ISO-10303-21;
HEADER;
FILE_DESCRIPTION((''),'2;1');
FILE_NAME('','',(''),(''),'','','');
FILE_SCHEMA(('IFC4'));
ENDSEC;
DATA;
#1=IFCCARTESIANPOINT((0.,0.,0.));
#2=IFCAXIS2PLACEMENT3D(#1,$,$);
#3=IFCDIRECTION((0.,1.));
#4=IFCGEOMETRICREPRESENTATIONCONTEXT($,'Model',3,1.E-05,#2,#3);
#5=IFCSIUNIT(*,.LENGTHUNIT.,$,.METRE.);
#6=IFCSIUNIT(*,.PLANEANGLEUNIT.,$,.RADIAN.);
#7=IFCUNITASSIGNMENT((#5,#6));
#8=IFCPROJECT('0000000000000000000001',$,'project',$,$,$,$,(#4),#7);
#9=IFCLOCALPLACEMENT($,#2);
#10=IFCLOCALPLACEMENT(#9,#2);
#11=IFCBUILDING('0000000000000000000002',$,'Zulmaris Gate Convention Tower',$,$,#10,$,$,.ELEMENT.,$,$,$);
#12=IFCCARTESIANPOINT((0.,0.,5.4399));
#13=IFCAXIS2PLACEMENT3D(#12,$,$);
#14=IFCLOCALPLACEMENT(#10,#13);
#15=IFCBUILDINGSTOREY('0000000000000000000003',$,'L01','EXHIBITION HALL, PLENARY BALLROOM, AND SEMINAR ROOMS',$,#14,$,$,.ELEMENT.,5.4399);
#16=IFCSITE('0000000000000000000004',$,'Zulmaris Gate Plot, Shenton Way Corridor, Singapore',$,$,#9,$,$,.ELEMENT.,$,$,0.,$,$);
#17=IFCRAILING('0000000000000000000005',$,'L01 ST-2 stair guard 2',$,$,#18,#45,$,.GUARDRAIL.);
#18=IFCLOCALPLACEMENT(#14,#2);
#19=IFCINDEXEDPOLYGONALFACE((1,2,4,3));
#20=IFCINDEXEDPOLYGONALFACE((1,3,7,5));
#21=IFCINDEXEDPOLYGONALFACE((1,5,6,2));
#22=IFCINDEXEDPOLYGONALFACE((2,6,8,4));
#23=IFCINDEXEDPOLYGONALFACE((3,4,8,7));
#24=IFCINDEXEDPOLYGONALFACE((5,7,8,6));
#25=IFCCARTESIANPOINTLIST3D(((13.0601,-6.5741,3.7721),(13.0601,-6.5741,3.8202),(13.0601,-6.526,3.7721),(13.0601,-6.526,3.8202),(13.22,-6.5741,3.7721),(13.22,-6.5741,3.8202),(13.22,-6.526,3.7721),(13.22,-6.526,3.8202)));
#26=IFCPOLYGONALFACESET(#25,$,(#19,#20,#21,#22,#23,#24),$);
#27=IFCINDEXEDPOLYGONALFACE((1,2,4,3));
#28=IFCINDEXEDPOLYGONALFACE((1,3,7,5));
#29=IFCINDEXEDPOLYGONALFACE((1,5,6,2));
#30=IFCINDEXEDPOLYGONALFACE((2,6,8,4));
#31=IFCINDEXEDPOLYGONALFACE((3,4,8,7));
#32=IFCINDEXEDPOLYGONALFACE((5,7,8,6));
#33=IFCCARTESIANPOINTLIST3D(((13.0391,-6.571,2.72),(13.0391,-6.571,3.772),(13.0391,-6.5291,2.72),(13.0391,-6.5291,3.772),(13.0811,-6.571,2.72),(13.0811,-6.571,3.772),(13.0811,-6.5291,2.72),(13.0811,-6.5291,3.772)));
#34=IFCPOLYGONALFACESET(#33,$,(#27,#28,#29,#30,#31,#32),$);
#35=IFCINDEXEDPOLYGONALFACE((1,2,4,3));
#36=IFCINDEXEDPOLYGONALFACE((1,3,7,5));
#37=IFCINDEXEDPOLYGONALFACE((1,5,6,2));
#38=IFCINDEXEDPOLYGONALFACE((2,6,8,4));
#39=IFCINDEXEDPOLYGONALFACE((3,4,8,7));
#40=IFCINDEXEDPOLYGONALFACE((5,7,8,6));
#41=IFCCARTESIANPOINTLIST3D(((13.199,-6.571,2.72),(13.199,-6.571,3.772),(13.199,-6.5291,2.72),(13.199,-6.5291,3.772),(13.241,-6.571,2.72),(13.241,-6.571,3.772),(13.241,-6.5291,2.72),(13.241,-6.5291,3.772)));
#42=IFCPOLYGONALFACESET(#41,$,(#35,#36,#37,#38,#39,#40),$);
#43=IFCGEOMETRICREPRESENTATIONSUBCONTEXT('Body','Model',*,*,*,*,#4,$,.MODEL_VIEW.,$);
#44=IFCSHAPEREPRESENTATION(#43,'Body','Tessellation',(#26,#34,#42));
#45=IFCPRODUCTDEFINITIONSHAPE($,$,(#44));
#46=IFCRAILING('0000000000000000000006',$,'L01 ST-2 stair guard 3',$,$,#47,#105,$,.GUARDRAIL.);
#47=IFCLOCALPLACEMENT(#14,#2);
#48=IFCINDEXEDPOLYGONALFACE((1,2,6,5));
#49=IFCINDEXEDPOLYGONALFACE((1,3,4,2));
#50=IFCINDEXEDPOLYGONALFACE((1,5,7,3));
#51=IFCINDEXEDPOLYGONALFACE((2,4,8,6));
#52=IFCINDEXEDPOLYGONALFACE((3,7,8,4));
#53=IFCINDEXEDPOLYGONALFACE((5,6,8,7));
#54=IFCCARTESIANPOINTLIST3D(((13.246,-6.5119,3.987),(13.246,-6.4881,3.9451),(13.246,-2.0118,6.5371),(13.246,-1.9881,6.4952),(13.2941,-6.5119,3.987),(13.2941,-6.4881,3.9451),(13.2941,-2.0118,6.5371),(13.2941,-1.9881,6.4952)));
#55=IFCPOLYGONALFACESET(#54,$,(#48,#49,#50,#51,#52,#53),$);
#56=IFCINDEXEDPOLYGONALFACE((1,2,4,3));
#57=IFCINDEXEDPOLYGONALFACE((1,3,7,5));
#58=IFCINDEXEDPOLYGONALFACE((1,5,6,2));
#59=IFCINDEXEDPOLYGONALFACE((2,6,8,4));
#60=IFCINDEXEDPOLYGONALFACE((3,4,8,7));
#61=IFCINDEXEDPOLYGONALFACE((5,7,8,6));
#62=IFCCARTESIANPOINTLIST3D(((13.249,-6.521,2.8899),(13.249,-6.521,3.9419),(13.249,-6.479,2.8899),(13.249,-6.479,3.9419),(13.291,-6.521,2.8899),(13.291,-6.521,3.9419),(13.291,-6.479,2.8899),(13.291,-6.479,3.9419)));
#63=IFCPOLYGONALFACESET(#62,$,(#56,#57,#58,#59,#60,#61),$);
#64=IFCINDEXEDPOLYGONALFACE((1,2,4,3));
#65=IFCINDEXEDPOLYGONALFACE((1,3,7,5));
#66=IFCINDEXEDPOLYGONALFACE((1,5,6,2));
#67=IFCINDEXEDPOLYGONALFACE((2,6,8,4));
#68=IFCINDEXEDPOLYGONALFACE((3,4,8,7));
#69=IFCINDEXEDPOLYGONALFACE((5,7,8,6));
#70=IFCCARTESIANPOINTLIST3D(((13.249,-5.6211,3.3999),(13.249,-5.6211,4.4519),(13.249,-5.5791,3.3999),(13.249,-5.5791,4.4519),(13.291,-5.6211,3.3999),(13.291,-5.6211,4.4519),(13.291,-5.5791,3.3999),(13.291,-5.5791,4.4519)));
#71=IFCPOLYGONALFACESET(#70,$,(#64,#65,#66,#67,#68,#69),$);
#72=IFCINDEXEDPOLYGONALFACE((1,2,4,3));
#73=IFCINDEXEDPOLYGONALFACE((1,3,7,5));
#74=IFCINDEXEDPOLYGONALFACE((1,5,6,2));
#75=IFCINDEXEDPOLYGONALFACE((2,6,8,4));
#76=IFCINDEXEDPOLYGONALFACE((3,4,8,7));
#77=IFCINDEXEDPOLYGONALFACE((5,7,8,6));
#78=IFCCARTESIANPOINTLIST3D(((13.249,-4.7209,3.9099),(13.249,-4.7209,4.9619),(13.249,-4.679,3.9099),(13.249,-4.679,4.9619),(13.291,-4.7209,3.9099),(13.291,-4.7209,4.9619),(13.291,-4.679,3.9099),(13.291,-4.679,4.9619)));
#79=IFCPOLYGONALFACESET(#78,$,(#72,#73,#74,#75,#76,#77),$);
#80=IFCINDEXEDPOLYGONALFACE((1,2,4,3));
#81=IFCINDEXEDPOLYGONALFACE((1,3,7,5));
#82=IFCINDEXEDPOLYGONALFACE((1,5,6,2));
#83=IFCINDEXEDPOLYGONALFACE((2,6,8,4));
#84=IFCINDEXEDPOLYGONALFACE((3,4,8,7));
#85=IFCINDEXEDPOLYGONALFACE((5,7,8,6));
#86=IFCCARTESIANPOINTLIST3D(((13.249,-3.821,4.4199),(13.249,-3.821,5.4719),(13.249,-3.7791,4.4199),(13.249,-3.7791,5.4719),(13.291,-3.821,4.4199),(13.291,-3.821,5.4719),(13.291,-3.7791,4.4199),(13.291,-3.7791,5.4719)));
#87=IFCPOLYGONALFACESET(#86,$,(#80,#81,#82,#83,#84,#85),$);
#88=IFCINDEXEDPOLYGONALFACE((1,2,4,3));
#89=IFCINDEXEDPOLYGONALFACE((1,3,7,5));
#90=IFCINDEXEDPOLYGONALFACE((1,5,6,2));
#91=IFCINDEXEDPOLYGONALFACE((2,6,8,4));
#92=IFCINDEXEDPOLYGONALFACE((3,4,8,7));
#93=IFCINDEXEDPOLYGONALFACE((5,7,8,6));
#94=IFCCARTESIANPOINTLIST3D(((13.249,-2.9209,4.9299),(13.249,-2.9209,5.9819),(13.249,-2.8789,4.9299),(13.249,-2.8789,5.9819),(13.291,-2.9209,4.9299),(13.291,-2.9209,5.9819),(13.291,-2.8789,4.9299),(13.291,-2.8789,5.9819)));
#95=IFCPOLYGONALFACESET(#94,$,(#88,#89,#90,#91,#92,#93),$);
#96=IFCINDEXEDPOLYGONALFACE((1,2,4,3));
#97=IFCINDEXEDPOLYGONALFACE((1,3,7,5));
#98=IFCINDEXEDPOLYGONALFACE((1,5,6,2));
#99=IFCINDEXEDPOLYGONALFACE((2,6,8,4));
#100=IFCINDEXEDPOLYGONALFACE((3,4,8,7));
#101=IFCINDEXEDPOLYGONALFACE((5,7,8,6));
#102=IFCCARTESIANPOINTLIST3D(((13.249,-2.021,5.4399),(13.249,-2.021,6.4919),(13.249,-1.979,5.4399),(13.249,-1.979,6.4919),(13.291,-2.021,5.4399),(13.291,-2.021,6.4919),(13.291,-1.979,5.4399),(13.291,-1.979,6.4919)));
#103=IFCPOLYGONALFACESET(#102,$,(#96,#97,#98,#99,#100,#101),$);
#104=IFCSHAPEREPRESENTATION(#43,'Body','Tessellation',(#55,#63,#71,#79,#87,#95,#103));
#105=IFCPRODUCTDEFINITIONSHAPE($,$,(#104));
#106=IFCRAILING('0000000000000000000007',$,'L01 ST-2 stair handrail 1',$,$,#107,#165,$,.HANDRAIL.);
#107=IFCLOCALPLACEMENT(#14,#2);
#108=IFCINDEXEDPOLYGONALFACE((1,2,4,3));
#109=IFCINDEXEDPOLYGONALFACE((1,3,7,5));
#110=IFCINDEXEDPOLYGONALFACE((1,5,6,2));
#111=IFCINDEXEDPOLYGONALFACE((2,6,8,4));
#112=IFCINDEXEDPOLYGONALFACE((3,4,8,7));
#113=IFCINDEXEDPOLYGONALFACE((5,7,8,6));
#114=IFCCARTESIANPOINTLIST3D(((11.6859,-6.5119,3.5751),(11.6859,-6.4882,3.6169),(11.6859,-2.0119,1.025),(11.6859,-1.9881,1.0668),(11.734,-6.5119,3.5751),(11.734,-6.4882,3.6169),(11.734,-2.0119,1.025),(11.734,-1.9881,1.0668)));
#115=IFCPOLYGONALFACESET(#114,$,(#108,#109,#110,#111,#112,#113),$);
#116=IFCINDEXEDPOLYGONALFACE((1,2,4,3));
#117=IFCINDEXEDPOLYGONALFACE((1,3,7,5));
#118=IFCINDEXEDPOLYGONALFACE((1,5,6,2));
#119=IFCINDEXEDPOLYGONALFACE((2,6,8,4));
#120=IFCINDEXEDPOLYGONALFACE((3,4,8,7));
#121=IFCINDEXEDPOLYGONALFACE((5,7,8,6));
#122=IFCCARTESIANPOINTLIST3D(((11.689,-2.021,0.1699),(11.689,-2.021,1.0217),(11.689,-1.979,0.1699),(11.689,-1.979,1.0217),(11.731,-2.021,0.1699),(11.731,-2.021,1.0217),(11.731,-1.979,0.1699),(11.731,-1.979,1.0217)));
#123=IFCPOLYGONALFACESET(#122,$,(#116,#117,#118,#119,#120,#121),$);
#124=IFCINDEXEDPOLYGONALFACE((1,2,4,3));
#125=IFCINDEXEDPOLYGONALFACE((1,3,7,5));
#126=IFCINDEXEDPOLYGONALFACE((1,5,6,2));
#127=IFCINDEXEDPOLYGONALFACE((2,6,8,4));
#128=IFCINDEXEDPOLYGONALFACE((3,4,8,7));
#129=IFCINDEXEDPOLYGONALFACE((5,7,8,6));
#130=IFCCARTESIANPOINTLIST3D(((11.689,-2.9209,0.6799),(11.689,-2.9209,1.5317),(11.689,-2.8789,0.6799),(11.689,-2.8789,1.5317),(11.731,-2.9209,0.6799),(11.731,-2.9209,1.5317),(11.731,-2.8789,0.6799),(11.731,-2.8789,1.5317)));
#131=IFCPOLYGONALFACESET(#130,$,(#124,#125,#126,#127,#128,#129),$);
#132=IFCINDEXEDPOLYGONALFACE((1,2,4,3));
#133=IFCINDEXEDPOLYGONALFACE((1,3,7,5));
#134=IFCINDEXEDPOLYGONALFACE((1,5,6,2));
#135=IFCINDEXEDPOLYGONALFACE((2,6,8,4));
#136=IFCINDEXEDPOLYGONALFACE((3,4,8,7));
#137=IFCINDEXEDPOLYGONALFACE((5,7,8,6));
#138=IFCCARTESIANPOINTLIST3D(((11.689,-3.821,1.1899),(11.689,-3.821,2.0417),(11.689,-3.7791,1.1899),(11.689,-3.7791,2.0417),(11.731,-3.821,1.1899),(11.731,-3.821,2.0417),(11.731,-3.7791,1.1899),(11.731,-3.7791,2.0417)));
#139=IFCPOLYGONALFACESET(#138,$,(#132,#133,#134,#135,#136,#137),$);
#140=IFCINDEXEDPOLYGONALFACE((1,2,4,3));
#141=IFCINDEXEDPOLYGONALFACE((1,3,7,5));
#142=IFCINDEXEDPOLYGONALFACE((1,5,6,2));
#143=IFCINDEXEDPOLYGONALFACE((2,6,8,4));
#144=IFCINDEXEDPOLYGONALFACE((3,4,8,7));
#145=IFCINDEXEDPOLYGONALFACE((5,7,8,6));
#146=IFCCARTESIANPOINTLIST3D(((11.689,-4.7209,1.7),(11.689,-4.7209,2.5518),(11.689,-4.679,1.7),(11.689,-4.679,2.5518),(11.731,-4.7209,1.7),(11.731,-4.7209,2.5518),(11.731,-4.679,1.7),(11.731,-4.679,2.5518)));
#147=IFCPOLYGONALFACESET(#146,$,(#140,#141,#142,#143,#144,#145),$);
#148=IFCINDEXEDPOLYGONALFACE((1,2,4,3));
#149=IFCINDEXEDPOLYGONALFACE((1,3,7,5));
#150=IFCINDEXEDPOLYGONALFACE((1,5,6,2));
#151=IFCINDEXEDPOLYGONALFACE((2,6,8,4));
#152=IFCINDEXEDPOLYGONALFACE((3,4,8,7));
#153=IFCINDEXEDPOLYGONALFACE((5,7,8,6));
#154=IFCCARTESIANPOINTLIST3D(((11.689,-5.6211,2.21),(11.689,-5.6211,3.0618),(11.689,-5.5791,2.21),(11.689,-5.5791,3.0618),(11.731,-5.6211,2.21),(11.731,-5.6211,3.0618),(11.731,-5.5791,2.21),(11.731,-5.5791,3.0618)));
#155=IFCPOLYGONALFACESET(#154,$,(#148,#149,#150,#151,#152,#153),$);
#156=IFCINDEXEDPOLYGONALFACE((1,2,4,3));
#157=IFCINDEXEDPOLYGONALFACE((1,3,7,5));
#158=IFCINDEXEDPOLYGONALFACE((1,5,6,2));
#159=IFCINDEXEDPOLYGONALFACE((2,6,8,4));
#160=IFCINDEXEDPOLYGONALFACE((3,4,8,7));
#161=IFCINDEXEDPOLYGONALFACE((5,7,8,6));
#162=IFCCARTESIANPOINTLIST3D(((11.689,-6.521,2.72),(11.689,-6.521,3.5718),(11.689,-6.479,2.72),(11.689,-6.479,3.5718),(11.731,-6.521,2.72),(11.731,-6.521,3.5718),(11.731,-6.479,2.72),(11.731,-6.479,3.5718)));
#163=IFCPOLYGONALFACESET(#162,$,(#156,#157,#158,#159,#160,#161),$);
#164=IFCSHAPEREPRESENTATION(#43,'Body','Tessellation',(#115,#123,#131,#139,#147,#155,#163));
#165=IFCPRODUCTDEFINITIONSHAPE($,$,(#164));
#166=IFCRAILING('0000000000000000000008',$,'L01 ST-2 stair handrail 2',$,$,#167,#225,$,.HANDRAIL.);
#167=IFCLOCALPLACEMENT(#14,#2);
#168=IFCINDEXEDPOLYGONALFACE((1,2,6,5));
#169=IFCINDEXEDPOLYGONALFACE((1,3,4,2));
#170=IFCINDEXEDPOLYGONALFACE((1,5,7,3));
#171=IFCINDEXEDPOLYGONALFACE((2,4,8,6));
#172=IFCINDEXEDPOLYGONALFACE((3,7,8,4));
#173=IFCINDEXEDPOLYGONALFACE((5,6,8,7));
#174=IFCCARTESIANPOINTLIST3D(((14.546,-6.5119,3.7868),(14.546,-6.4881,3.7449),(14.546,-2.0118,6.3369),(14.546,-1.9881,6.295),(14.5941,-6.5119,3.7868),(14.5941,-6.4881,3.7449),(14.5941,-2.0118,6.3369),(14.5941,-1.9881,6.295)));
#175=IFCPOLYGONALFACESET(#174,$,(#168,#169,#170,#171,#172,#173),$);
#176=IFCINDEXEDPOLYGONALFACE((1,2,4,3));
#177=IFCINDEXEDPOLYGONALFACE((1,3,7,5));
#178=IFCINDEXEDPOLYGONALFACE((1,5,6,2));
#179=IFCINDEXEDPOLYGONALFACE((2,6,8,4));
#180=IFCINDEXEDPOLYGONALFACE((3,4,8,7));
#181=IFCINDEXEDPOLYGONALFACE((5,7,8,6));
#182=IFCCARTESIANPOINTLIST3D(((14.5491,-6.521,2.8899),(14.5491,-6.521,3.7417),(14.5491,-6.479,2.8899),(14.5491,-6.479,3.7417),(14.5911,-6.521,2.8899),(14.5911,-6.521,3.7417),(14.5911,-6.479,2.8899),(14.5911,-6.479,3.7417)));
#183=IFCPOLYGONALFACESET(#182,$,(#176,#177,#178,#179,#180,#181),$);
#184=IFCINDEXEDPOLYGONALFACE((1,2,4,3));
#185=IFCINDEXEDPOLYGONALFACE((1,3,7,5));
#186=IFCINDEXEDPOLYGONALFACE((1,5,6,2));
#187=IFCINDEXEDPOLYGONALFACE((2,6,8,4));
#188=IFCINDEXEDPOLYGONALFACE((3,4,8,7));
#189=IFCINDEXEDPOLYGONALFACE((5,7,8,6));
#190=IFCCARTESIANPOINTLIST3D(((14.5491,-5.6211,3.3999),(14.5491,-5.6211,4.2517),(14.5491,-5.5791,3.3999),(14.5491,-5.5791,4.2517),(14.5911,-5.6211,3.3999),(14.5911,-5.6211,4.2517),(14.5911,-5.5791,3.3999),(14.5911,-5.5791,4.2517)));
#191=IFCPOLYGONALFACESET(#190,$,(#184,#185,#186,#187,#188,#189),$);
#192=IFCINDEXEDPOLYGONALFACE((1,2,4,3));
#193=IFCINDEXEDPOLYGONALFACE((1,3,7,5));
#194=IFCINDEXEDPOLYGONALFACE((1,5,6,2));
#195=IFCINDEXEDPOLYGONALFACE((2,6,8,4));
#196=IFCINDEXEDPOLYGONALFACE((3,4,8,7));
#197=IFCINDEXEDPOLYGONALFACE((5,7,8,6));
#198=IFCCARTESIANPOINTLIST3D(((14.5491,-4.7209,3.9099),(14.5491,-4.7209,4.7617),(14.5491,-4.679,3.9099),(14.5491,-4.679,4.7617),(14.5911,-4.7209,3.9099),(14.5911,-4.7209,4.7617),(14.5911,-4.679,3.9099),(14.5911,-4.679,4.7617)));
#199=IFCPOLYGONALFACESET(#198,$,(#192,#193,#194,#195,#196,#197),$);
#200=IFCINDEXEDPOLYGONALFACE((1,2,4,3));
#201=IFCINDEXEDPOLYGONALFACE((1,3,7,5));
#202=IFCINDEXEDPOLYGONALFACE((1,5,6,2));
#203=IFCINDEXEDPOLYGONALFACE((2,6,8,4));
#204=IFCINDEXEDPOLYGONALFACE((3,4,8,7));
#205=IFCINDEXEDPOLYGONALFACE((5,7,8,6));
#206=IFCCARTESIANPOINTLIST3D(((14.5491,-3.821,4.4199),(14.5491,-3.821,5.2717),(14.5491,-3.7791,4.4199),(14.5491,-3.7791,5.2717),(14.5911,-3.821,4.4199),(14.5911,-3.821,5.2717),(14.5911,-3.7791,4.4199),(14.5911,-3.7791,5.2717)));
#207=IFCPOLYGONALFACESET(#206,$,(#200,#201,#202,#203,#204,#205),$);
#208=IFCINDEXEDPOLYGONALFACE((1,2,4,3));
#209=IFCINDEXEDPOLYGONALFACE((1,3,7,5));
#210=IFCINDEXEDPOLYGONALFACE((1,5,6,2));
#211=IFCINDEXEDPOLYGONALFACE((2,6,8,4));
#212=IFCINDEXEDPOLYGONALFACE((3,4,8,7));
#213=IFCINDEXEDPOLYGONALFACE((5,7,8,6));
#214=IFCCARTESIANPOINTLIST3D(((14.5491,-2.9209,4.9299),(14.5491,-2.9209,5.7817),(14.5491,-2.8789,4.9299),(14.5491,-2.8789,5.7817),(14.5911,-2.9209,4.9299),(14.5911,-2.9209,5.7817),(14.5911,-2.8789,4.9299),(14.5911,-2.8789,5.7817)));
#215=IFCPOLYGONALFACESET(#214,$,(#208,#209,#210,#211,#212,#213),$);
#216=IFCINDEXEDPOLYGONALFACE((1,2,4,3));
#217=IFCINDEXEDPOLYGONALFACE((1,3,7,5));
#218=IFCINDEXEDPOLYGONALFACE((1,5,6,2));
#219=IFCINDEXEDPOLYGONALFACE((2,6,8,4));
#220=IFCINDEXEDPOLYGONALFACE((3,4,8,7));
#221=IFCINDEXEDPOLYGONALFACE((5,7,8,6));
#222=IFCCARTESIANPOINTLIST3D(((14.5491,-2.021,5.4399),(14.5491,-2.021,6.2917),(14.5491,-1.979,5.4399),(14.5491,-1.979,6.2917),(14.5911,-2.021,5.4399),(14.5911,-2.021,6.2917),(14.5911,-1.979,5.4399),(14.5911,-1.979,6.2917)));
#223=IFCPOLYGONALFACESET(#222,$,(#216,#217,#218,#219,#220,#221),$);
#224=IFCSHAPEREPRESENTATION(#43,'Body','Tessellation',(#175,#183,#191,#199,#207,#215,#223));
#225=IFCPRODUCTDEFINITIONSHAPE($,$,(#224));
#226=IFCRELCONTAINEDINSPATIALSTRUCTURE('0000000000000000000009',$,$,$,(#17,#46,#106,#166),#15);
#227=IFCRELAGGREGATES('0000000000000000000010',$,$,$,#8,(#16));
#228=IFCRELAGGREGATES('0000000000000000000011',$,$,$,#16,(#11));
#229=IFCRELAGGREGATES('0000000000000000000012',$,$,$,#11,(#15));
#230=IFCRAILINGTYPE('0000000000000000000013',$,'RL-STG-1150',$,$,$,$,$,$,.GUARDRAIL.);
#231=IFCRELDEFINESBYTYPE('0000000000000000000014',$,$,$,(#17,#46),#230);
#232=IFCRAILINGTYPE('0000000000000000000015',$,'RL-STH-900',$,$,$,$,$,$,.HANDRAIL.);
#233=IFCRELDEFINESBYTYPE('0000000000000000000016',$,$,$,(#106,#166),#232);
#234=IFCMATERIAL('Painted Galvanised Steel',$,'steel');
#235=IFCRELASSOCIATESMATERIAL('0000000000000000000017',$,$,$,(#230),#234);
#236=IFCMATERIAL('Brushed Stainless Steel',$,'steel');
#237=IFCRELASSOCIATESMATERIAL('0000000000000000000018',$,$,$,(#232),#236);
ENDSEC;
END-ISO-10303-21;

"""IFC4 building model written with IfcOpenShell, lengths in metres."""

from ifc_helpers import new_model, si_unit, direction, frame, origin, origin_2d, place, context, subcontext, project, spatial, rectangle, extrude, material, type_object, element, save


model = new_model("IFC4")

# Units and contexts
model_context = context("Model", 3, precision=1e-05, world=origin(), true_north=direction((0.0, 1.0)))
body_context = subcontext(model_context, "Body", "Model", "MODEL_VIEW")
ifc_project = project(units=[si_unit("LENGTHUNIT", "METRE"), si_unit("PLANEANGLEUNIT", "RADIAN")], contexts=[model_context])

# Site, building, storey
site_placement = place(None, origin())
site = spatial("IfcSite", under=ifc_project, at=site_placement, Name="Zulmaris Gate Plot, Shenton Way Corridor, Singapore", CompositionType="ELEMENT", RefElevation=0.0)
building_placement = place(site_placement, origin())
building = spatial("IfcBuilding", under=site, at=building_placement, Name="Zulmaris Gate Convention Tower", CompositionType="ELEMENT")
storey_placement = place(building_placement, frame((0.0, 0.0, 5.4399)))
storey = spatial("IfcBuildingStorey", under=building, at=storey_placement, Name="L01", Description="EXHIBITION HALL, PLENARY BALLROOM, AND SEMINAR ROOMS", CompositionType="ELEMENT", Elevation=5.4399)

# Railings
ifc_material_1 = material(Name="Painted Galvanised Steel", Category="steel")
railing_type_1 = type_object("IfcRailingType", Name="RL-STG-1150", PredefinedType="GUARDRAIL", material=ifc_material_1)
railing_1_placement = place(storey_placement, frame((13.0601, -6.55, 2.72)))
element("IfcRailing", 1, at=railing_1_placement, inside=storey, type_object=railing_type_1, Name="L01 ST-2 stair guard 2", PredefinedType="GUARDRAIL", context=body_context, shape_type="SweptSolid", body=[
    extrude(rectangle(XDim=0.0481, YDim=0.0481, at=origin_2d()), frame((0.0, 0.0, 1.0762), z_axis=(1.0, 0.0, 0.0), x_axis=(0.0, 1.0, 0.0)), (0.0, 0.0, 1.0), 0.1599),
    extrude(rectangle(XDim=0.042, YDim=0.042, at=origin_2d()), origin(), (0.0, 0.0, 1.0), 1.052),
    extrude(rectangle(XDim=0.042, YDim=0.042, at=origin_2d()), frame((0.1599, 0.0, 0.0)), (0.0, 0.0, 1.0), 1.052),
])
railing_2_placement = place(storey_placement, frame((13.27, -6.5, 2.8899)))
element("IfcRailing", 2, at=railing_2_placement, inside=storey, type_object=railing_type_1, Name="L01 ST-2 stair guard 3", PredefinedType="GUARDRAIL", context=body_context, shape_type="SweptSolid", body=[
    extrude(rectangle(XDim=0.0481, YDim=0.0481, at=origin_2d()), frame((0.0, 0.0, 1.0762), z_axis=(0.0, 0.870018, 0.49302), x_axis=(-1.0, 0.0, 0.0)), (0.0, 0.0, 1.0), 5.1724),
    extrude(rectangle(XDim=0.042, YDim=0.042, at=origin_2d()), origin(), (0.0, 0.0, 1.0), 1.052),
    extrude(rectangle(XDim=0.042, YDim=0.042, at=origin_2d()), frame((0.0, 0.8999, 0.51)), (0.0, 0.0, 1.0), 1.052),
    extrude(rectangle(XDim=0.042, YDim=0.042, at=origin_2d()), frame((0.0, 1.8, 1.02)), (0.0, 0.0, 1.0), 1.052),
    extrude(rectangle(XDim=0.042, YDim=0.042, at=origin_2d()), frame((0.0, 2.7, 1.53)), (0.0, 0.0, 1.0), 1.052),
    extrude(rectangle(XDim=0.042, YDim=0.042, at=origin_2d()), frame((0.0, 3.6001, 2.04)), (0.0, 0.0, 1.0), 1.052),
    extrude(rectangle(XDim=0.042, YDim=0.042, at=origin_2d()), frame((0.0, 4.5, 2.55)), (0.0, 0.0, 1.0), 1.052),
])
ifc_material_2 = material(Name="Brushed Stainless Steel", Category="steel")
railing_type_2 = type_object("IfcRailingType", Name="RL-STH-900", PredefinedType="HANDRAIL", material=ifc_material_2)
railing_3_placement = place(storey_placement, frame((11.71, -2.0, 0.1699)))
element("IfcRailing", 3, at=railing_3_placement, inside=storey, type_object=railing_type_2, Name="L01 ST-2 stair handrail 1", PredefinedType="HANDRAIL", context=body_context, shape_type="SweptSolid", body=[
    extrude(rectangle(XDim=0.0481, YDim=0.0481, at=origin_2d()), frame((0.0, 0.0, 0.876), z_axis=(0.0, -0.870018, 0.49302), x_axis=(1.0, 0.0, 0.0)), (0.0, 0.0, 1.0), 5.1724),
    extrude(rectangle(XDim=0.042, YDim=0.042, at=origin_2d()), origin(), (0.0, 0.0, 1.0), 0.8518),
    extrude(rectangle(XDim=0.042, YDim=0.042, at=origin_2d()), frame((0.0, -0.8999, 0.51)), (0.0, 0.0, 1.0), 0.8518),
    extrude(rectangle(XDim=0.042, YDim=0.042, at=origin_2d()), frame((0.0, -1.8, 1.02)), (0.0, 0.0, 1.0), 0.8518),
    extrude(rectangle(XDim=0.042, YDim=0.042, at=origin_2d()), frame((0.0, -2.7, 1.53)), (0.0, 0.0, 1.0), 0.8518),
    extrude(rectangle(XDim=0.042, YDim=0.042, at=origin_2d()), frame((0.0, -3.6001, 2.04)), (0.0, 0.0, 1.0), 0.8518),
    extrude(rectangle(XDim=0.042, YDim=0.042, at=origin_2d()), frame((0.0, -4.5, 2.55)), (0.0, 0.0, 1.0), 0.8518),
])
railing_4_placement = place(storey_placement, frame((14.5701, -6.5, 2.8899)))
element("IfcRailing", 4, at=railing_4_placement, inside=storey, type_object=railing_type_2, Name="L01 ST-2 stair handrail 2", PredefinedType="HANDRAIL", context=body_context, shape_type="SweptSolid", body=[
    extrude(rectangle(XDim=0.0481, YDim=0.0481, at=origin_2d()), frame((0.0, 0.0, 0.876), z_axis=(0.0, 0.870018, 0.49302), x_axis=(-1.0, 0.0, 0.0)), (0.0, 0.0, 1.0), 5.1724),
    extrude(rectangle(XDim=0.042, YDim=0.042, at=origin_2d()), origin(), (0.0, 0.0, 1.0), 0.8518),
    extrude(rectangle(XDim=0.042, YDim=0.042, at=origin_2d()), frame((0.0, 0.8999, 0.51)), (0.0, 0.0, 1.0), 0.8518),
    extrude(rectangle(XDim=0.042, YDim=0.042, at=origin_2d()), frame((0.0, 1.8, 1.02)), (0.0, 0.0, 1.0), 0.8518),
    extrude(rectangle(XDim=0.042, YDim=0.042, at=origin_2d()), frame((0.0, 2.7, 1.53)), (0.0, 0.0, 1.0), 0.8518),
    extrude(rectangle(XDim=0.042, YDim=0.042, at=origin_2d()), frame((0.0, 3.6001, 2.04)), (0.0, 0.0, 1.0), 0.8518),
    extrude(rectangle(XDim=0.042, YDim=0.042, at=origin_2d()), frame((0.0, 4.5, 2.55)), (0.0, 0.0, 1.0), 0.8518),
])

save(model, "model.ifc")
